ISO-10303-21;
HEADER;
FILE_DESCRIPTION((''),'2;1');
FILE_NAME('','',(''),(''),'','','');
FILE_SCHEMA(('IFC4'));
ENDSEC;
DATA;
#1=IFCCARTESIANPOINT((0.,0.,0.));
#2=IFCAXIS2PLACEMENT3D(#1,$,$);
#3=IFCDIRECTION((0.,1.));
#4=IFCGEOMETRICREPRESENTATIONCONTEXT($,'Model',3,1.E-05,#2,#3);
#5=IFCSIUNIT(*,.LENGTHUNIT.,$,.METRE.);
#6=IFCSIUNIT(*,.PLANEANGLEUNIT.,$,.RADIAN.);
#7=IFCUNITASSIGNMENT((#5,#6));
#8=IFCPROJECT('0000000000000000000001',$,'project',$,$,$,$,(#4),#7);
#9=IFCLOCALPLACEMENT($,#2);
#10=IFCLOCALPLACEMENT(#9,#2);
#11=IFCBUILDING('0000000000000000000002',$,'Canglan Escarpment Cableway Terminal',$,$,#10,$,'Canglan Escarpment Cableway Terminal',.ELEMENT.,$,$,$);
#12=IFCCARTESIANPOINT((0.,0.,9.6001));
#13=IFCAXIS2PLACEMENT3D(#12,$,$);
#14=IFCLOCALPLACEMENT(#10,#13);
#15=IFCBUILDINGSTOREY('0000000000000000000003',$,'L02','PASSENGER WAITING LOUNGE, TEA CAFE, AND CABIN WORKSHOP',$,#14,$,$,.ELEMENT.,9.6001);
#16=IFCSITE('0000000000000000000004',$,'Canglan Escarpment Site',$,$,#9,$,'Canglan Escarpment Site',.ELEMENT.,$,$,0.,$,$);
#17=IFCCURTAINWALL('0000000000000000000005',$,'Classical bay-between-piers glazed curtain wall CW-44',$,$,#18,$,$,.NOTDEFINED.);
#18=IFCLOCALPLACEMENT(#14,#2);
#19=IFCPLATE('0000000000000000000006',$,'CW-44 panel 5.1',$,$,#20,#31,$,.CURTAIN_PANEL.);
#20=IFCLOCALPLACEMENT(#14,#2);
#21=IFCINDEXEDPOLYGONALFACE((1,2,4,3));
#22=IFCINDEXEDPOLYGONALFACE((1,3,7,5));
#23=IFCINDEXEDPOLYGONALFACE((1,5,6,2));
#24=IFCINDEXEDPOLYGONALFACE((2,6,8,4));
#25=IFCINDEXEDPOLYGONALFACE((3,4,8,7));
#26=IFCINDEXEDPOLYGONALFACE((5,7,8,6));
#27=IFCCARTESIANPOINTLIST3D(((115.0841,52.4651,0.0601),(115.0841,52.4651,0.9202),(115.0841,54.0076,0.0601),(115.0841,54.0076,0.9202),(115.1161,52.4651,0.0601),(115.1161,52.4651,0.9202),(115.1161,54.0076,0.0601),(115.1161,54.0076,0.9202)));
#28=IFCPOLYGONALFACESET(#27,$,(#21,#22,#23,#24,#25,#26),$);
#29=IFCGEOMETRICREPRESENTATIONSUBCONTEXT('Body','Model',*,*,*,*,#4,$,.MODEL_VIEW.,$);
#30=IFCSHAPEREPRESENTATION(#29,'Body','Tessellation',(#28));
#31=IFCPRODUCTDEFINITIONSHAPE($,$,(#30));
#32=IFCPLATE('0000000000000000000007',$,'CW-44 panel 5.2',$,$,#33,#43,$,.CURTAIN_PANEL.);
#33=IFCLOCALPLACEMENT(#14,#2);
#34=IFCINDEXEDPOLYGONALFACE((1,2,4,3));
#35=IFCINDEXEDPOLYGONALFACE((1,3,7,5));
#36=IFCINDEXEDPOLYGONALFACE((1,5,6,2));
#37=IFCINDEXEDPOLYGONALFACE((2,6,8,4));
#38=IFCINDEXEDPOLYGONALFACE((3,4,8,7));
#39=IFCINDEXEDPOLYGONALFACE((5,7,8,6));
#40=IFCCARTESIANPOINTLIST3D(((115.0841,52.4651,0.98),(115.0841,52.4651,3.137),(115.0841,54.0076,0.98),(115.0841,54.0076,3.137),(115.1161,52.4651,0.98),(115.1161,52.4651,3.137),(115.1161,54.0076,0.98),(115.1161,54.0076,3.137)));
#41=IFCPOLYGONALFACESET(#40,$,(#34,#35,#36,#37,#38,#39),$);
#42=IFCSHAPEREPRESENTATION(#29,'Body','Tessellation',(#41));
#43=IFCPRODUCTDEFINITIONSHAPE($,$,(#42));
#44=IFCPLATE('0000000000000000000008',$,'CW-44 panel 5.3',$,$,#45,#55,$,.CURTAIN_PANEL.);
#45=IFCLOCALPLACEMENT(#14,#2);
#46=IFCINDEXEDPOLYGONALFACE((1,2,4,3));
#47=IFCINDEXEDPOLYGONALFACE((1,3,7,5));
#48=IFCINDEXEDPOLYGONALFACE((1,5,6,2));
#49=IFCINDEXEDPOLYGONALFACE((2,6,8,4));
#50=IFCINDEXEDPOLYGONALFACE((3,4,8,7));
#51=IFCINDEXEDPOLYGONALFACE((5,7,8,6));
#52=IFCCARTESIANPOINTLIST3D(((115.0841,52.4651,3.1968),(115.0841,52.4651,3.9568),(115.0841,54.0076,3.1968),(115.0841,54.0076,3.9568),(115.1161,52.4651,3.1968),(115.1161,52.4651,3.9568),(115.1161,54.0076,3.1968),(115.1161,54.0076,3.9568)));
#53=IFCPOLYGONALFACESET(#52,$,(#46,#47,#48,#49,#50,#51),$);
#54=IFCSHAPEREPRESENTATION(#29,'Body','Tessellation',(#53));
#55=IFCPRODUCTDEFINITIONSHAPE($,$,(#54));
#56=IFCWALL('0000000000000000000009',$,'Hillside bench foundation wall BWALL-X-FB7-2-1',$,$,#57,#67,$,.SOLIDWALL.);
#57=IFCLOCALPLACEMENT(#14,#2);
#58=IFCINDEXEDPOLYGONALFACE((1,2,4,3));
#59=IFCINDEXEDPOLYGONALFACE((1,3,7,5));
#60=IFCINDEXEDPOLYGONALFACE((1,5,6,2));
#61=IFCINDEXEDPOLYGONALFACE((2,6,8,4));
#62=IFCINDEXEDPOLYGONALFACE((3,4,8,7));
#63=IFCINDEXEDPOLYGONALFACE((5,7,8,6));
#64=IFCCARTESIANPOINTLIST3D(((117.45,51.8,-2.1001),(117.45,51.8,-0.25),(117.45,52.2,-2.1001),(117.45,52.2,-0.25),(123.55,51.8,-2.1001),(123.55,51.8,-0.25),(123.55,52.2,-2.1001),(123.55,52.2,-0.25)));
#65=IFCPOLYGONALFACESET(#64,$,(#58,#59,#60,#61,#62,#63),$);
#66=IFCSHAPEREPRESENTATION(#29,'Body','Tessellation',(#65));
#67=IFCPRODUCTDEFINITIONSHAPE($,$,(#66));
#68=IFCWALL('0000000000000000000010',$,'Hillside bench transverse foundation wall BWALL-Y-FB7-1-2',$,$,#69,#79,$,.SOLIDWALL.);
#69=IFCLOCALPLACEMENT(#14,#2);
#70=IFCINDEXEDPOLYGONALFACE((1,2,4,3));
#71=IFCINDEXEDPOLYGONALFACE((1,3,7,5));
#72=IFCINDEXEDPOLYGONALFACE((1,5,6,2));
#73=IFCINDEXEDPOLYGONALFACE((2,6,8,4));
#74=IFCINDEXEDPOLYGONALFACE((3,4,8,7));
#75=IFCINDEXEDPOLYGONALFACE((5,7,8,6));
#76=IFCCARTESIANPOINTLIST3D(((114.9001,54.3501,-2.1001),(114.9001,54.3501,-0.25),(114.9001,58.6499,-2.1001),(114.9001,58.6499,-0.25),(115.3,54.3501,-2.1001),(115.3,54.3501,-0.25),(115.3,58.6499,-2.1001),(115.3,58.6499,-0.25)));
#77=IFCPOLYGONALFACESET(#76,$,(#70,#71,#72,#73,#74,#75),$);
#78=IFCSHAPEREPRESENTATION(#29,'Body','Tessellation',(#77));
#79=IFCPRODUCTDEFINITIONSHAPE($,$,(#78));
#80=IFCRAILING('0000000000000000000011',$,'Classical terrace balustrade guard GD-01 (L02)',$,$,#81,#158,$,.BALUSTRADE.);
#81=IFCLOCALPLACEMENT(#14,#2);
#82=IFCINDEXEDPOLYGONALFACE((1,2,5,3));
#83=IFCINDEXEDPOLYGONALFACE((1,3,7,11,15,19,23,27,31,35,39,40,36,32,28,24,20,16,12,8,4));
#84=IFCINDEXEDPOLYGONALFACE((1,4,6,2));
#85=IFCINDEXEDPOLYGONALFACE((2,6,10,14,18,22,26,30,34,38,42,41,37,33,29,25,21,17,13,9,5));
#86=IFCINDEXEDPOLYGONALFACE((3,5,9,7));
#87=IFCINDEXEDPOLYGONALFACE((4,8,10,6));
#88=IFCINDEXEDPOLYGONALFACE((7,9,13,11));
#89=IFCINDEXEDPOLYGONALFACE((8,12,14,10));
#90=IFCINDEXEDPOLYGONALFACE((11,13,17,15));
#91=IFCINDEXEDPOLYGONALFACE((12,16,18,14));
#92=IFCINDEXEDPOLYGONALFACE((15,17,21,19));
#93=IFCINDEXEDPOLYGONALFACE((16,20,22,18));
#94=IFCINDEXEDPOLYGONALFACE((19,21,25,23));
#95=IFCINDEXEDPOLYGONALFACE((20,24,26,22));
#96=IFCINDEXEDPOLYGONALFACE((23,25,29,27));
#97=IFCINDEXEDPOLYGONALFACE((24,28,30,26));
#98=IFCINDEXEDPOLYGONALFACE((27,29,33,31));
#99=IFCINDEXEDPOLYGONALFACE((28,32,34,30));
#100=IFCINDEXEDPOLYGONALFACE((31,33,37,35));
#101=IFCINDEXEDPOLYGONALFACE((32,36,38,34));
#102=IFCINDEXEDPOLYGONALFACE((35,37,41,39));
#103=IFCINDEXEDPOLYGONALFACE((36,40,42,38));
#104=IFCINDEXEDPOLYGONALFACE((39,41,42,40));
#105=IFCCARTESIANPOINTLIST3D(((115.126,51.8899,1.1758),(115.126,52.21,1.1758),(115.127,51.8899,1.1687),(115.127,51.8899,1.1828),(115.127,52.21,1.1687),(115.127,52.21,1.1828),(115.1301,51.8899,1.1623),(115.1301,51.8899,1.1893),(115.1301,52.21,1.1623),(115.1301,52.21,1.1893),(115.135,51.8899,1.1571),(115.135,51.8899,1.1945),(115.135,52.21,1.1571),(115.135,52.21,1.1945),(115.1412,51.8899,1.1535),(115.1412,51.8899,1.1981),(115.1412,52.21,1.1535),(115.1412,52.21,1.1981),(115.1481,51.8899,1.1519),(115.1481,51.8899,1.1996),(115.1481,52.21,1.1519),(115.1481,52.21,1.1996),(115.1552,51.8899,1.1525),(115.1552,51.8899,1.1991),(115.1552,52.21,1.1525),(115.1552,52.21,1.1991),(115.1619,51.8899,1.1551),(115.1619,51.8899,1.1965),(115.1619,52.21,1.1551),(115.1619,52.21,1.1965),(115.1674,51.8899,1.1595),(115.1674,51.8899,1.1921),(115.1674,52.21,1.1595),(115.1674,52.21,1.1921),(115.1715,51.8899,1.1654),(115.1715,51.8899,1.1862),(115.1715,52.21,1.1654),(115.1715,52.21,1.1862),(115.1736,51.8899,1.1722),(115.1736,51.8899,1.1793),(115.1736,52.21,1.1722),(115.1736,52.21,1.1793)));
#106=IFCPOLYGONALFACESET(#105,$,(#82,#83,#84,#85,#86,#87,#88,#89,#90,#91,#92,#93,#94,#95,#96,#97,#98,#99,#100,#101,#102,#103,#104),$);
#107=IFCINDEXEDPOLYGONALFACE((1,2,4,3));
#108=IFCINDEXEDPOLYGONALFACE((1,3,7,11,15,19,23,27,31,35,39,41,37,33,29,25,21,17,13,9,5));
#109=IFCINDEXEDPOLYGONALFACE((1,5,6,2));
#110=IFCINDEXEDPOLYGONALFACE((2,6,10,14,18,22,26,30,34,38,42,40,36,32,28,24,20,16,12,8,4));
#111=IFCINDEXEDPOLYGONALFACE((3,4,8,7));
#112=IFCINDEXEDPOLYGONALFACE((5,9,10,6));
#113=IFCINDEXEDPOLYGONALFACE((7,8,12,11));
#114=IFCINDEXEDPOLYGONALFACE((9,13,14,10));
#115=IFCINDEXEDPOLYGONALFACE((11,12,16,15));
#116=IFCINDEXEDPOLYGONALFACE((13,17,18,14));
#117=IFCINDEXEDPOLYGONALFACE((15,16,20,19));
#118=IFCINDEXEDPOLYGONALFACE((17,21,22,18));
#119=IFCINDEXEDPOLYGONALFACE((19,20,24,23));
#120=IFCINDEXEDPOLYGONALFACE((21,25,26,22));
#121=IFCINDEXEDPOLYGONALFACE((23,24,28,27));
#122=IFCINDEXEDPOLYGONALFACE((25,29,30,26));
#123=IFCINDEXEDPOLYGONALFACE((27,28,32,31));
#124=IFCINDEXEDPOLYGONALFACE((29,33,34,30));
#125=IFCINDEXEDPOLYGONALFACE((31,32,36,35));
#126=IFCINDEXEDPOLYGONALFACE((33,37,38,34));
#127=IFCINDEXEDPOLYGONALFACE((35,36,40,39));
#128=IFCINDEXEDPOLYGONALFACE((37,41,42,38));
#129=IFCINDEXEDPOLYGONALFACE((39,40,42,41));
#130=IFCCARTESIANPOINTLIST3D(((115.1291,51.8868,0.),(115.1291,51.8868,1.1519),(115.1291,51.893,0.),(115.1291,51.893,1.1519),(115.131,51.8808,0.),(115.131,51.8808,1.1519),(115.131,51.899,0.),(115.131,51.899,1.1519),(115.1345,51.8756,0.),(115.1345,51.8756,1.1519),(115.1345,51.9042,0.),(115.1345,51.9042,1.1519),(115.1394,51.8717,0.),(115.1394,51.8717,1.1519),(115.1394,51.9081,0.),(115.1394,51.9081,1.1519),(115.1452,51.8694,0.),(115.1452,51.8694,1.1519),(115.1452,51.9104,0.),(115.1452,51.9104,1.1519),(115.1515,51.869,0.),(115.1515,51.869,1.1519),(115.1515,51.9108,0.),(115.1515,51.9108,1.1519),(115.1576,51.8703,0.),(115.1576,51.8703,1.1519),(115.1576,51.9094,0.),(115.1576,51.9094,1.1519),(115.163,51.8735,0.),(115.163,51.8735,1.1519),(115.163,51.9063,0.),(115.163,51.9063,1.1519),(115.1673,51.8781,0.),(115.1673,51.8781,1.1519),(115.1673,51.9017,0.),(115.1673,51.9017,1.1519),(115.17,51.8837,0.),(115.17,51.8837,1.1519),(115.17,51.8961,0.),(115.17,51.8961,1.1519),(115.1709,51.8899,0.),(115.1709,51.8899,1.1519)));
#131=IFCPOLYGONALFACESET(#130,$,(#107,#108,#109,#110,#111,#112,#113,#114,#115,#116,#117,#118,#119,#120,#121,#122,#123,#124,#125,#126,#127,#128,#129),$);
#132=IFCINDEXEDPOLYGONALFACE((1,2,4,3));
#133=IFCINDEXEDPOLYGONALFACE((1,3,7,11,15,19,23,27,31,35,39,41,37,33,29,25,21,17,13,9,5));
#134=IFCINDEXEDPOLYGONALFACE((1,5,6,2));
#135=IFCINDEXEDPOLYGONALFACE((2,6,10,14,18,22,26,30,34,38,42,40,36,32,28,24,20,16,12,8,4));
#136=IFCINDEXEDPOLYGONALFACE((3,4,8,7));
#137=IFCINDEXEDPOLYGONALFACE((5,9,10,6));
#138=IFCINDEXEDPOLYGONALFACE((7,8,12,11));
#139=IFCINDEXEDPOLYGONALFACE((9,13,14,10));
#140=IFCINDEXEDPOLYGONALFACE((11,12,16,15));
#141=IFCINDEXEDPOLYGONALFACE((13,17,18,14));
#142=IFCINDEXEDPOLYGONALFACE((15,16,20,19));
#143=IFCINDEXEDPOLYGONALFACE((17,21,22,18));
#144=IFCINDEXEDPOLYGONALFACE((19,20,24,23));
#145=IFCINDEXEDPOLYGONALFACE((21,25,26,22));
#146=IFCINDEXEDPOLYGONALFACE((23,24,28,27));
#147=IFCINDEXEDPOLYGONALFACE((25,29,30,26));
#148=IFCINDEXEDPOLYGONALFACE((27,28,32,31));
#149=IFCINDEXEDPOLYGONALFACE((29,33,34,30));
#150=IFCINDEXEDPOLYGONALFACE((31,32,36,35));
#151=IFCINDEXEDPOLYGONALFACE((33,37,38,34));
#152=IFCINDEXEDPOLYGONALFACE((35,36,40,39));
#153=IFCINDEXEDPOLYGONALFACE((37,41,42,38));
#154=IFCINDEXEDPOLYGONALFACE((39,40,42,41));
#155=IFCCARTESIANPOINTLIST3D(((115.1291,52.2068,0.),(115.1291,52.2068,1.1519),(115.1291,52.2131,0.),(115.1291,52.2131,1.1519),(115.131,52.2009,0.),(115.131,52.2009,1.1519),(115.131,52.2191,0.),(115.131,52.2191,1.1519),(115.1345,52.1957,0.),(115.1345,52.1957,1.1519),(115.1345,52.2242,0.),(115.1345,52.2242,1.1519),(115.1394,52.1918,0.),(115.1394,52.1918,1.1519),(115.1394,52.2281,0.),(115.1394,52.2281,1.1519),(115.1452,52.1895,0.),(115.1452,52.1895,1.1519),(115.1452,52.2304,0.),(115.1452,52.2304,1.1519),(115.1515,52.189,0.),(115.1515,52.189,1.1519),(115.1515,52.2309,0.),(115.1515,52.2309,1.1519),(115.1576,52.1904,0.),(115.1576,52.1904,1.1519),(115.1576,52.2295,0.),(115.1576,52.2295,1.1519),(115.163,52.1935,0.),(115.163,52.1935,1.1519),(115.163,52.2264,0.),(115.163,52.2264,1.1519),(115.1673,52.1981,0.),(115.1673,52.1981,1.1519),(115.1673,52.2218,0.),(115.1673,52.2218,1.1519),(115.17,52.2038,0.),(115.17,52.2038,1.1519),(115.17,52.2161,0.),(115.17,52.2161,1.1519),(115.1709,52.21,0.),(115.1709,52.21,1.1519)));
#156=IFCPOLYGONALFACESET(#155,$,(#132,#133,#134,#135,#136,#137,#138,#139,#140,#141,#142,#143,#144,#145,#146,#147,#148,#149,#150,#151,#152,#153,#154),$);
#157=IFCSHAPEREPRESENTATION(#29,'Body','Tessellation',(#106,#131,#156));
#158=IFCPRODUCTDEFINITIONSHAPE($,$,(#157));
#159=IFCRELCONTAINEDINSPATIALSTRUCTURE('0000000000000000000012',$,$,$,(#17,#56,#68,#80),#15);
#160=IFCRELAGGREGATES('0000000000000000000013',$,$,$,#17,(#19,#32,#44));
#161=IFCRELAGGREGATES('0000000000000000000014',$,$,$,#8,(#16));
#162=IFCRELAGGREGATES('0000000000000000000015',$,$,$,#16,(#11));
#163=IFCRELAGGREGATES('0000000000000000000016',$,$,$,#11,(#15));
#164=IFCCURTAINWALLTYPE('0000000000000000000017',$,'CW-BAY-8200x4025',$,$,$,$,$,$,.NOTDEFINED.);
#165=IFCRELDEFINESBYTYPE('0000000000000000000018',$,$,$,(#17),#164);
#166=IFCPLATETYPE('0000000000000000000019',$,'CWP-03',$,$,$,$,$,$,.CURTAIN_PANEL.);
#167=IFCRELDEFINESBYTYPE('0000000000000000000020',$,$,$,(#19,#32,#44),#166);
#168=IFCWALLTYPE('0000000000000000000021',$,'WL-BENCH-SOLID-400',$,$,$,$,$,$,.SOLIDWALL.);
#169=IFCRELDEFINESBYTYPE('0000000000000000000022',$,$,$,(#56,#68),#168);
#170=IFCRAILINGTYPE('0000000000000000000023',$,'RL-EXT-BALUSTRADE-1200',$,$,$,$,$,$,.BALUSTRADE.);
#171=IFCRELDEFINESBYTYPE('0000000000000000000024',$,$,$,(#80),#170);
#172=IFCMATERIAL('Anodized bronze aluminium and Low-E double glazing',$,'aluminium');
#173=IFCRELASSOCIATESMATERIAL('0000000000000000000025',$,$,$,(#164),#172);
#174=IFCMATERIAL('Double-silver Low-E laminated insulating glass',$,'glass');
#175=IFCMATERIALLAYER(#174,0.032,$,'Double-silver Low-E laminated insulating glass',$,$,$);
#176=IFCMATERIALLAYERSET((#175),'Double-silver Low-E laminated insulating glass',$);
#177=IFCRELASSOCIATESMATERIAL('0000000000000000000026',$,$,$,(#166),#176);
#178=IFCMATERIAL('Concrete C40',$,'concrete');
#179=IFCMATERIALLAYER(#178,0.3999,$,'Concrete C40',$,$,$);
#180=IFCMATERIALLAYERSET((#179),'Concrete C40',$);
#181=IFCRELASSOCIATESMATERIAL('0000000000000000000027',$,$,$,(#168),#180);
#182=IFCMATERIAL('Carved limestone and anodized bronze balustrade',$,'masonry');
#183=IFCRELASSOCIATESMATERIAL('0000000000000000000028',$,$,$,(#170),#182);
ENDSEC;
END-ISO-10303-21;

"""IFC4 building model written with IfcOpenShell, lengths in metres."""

from ifc_helpers import new_model, si_unit, direction, frame, frame_2d, origin, origin_2d, place, context, subcontext, project, spatial, rectangle, circle, extrude, material, layer, layer_set, type_object, element, aggregate, save


model = new_model("IFC4")

# Units and contexts
model_context = context("Model", 3, precision=1e-05, world=origin(), true_north=direction((0.0, 1.0)))
body_context = subcontext(model_context, "Body", "Model", "MODEL_VIEW")
ifc_project = project(units=[si_unit("LENGTHUNIT", "METRE"), si_unit("PLANEANGLEUNIT", "RADIAN")], contexts=[model_context])

# Site, building, storey
site_placement = place(None, origin())
site = spatial("IfcSite", under=ifc_project, at=site_placement, Name="Canglan Escarpment Site", LongName="Canglan Escarpment Site", CompositionType="ELEMENT", RefElevation=0.0)
building_placement = place(site_placement, origin())
building = spatial("IfcBuilding", under=site, at=building_placement, Name="Canglan Escarpment Cableway Terminal", LongName="Canglan Escarpment Cableway Terminal", CompositionType="ELEMENT")
storey_placement = place(building_placement, frame((0.0, 0.0, 9.6001)))
storey = spatial("IfcBuildingStorey", under=building, at=storey_placement, Name="L02", Description="PASSENGER WAITING LOUNGE, TEA CAFE, AND CABIN WORKSHOP", CompositionType="ELEMENT", Elevation=9.6001)

# Shared definitions
ifc_material_1 = material(Name="Concrete C40", Category="concrete")

# Curtain wall
ifc_material_2 = material(Name="Anodized bronze aluminium and Low-E double glazing", Category="aluminium")
curtain_wall_type = type_object("IfcCurtainWallType", Name="CW-BAY-8200x4025", PredefinedType="NOTDEFINED", material=ifc_material_2)
curtain_wall_1_placement = place(storey_placement, origin())
curtain_wall_1 = element("IfcCurtainWall", 1, at=curtain_wall_1_placement, inside=storey, type_object=curtain_wall_type, Name="Classical bay-between-piers glazed curtain wall CW-44", PredefinedType="NOTDEFINED")

# Plates
ifc_material_3 = material(Name="Double-silver Low-E laminated insulating glass", Category="glass")
ifc_layer_1 = layer(ifc_material_3, 0.032, Name="Double-silver Low-E laminated insulating glass")
ifc_layer_set_1 = layer_set([ifc_layer_1], Name="Double-silver Low-E laminated insulating glass")
plate_type_1 = type_object("IfcPlateType", Name="CWP-03", PredefinedType="CURTAIN_PANEL", material=ifc_layer_set_1)
plate_1_placement = place(storey_placement, frame((115.1001, 53.2363, 0.0601), z_axis=(0.0, 0.0, 1.0), x_axis=(0.0, -1.0, 0.0)))
plate_1 = element("IfcPlate", 2, at=plate_1_placement, type_object=plate_type_1, Name="CW-44 panel 5.1", PredefinedType="CURTAIN_PANEL", context=body_context, shape_type="SweptSolid", body=[
    extrude(rectangle(XDim=1.5425, YDim=0.032, at=origin_2d()), origin(), (0.0, 0.0, 1.0), 0.8601),
])
plate_2_placement = place(storey_placement, frame((115.1001, 53.2363, 0.98), z_axis=(0.0, 0.0, 1.0), x_axis=(0.0, -1.0, 0.0)))
plate_2 = element("IfcPlate", 3, at=plate_2_placement, type_object=plate_type_1, Name="CW-44 panel 5.2", PredefinedType="CURTAIN_PANEL", context=body_context, shape_type="SweptSolid", body=[
    extrude(rectangle(XDim=1.5425, YDim=0.032, at=origin_2d()), origin(), (0.0, 0.0, 1.0), 2.157),
])
plate_3_placement = place(storey_placement, frame((115.1001, 53.2363, 3.1968), z_axis=(0.0, 0.0, 1.0), x_axis=(0.0, -1.0, 0.0)))
plate_3 = element("IfcPlate", 4, at=plate_3_placement, type_object=plate_type_1, Name="CW-44 panel 5.3", PredefinedType="CURTAIN_PANEL", context=body_context, shape_type="SweptSolid", body=[
    extrude(rectangle(XDim=1.5425, YDim=0.032, at=origin_2d()), origin(), (0.0, 0.0, 1.0), 0.76),
])
aggregate(curtain_wall_1, [plate_1, plate_2, plate_3])

# Walls
ifc_layer_2 = layer(ifc_material_1, 0.3999, Name="Concrete C40")
ifc_layer_set_2 = layer_set([ifc_layer_2], Name="Concrete C40")
wall_type = type_object("IfcWallType", Name="WL-BENCH-SOLID-400", PredefinedType="SOLIDWALL", material=ifc_layer_set_2)
wall_1_placement = place(storey_placement, frame((117.45, 52.0, -2.1001), z_axis=(0.0, 0.0, 1.0), x_axis=(1.0, 0.0, 0.0)))
element("IfcWall", 5, at=wall_1_placement, inside=storey, type_object=wall_type, Name="Hillside bench foundation wall BWALL-X-FB7-2-1", PredefinedType="SOLIDWALL", context=body_context, shape_type="SweptSolid", body=[
    extrude(rectangle(XDim=6.1001, YDim=0.3999, at=frame_2d((3.05, 0.0))), origin(), (0.0, 0.0, 1.0), 1.8501),
])
wall_2_placement = place(storey_placement, frame((115.1001, 54.3501, -2.1001), z_axis=(0.0, 0.0, 1.0), x_axis=(0.0, 1.0, 0.0)))
element("IfcWall", 6, at=wall_2_placement, inside=storey, type_object=wall_type, Name="Hillside bench transverse foundation wall BWALL-Y-FB7-1-2", PredefinedType="SOLIDWALL", context=body_context, shape_type="SweptSolid", body=[
    extrude(rectangle(XDim=4.2998, YDim=0.3999, at=frame_2d((2.1499, 0.0))), origin(), (0.0, 0.0, 1.0), 1.8501),
])

# Railing
ifc_material_4 = material(Name="Carved limestone and anodized bronze balustrade", Category="masonry")
railing_type = type_object("IfcRailingType", Name="RL-EXT-BALUSTRADE-1200", PredefinedType="BALUSTRADE", material=ifc_material_4)
railing_placement = place(storey_placement, frame((115.1499, 51.8899, 0.0)))
element("IfcRailing", 7, at=railing_placement, inside=storey, type_object=railing_type, Name="Classical terrace balustrade guard GD-01 (L02)", PredefinedType="BALUSTRADE", context=body_context, shape_type="SweptSolid", body=[
    extrude(circle(Radius=0.0239, at=origin_2d()), frame((0.0, 0.0, 1.1758), z_axis=(0.0, 1.0, 0.0), x_axis=(-1.0, 0.0, 0.0)), (0.0, 0.0, 1.0), 0.3201),
    extrude(circle(Radius=0.021, at=origin_2d()), origin(), (0.0, 0.0, 1.0), 1.1519),
    extrude(circle(Radius=0.021, at=origin_2d()), frame((0.0, 0.3201, 0.0)), (0.0, 0.0, 1.0), 1.1519),
])

save(model, "model.ifc")
